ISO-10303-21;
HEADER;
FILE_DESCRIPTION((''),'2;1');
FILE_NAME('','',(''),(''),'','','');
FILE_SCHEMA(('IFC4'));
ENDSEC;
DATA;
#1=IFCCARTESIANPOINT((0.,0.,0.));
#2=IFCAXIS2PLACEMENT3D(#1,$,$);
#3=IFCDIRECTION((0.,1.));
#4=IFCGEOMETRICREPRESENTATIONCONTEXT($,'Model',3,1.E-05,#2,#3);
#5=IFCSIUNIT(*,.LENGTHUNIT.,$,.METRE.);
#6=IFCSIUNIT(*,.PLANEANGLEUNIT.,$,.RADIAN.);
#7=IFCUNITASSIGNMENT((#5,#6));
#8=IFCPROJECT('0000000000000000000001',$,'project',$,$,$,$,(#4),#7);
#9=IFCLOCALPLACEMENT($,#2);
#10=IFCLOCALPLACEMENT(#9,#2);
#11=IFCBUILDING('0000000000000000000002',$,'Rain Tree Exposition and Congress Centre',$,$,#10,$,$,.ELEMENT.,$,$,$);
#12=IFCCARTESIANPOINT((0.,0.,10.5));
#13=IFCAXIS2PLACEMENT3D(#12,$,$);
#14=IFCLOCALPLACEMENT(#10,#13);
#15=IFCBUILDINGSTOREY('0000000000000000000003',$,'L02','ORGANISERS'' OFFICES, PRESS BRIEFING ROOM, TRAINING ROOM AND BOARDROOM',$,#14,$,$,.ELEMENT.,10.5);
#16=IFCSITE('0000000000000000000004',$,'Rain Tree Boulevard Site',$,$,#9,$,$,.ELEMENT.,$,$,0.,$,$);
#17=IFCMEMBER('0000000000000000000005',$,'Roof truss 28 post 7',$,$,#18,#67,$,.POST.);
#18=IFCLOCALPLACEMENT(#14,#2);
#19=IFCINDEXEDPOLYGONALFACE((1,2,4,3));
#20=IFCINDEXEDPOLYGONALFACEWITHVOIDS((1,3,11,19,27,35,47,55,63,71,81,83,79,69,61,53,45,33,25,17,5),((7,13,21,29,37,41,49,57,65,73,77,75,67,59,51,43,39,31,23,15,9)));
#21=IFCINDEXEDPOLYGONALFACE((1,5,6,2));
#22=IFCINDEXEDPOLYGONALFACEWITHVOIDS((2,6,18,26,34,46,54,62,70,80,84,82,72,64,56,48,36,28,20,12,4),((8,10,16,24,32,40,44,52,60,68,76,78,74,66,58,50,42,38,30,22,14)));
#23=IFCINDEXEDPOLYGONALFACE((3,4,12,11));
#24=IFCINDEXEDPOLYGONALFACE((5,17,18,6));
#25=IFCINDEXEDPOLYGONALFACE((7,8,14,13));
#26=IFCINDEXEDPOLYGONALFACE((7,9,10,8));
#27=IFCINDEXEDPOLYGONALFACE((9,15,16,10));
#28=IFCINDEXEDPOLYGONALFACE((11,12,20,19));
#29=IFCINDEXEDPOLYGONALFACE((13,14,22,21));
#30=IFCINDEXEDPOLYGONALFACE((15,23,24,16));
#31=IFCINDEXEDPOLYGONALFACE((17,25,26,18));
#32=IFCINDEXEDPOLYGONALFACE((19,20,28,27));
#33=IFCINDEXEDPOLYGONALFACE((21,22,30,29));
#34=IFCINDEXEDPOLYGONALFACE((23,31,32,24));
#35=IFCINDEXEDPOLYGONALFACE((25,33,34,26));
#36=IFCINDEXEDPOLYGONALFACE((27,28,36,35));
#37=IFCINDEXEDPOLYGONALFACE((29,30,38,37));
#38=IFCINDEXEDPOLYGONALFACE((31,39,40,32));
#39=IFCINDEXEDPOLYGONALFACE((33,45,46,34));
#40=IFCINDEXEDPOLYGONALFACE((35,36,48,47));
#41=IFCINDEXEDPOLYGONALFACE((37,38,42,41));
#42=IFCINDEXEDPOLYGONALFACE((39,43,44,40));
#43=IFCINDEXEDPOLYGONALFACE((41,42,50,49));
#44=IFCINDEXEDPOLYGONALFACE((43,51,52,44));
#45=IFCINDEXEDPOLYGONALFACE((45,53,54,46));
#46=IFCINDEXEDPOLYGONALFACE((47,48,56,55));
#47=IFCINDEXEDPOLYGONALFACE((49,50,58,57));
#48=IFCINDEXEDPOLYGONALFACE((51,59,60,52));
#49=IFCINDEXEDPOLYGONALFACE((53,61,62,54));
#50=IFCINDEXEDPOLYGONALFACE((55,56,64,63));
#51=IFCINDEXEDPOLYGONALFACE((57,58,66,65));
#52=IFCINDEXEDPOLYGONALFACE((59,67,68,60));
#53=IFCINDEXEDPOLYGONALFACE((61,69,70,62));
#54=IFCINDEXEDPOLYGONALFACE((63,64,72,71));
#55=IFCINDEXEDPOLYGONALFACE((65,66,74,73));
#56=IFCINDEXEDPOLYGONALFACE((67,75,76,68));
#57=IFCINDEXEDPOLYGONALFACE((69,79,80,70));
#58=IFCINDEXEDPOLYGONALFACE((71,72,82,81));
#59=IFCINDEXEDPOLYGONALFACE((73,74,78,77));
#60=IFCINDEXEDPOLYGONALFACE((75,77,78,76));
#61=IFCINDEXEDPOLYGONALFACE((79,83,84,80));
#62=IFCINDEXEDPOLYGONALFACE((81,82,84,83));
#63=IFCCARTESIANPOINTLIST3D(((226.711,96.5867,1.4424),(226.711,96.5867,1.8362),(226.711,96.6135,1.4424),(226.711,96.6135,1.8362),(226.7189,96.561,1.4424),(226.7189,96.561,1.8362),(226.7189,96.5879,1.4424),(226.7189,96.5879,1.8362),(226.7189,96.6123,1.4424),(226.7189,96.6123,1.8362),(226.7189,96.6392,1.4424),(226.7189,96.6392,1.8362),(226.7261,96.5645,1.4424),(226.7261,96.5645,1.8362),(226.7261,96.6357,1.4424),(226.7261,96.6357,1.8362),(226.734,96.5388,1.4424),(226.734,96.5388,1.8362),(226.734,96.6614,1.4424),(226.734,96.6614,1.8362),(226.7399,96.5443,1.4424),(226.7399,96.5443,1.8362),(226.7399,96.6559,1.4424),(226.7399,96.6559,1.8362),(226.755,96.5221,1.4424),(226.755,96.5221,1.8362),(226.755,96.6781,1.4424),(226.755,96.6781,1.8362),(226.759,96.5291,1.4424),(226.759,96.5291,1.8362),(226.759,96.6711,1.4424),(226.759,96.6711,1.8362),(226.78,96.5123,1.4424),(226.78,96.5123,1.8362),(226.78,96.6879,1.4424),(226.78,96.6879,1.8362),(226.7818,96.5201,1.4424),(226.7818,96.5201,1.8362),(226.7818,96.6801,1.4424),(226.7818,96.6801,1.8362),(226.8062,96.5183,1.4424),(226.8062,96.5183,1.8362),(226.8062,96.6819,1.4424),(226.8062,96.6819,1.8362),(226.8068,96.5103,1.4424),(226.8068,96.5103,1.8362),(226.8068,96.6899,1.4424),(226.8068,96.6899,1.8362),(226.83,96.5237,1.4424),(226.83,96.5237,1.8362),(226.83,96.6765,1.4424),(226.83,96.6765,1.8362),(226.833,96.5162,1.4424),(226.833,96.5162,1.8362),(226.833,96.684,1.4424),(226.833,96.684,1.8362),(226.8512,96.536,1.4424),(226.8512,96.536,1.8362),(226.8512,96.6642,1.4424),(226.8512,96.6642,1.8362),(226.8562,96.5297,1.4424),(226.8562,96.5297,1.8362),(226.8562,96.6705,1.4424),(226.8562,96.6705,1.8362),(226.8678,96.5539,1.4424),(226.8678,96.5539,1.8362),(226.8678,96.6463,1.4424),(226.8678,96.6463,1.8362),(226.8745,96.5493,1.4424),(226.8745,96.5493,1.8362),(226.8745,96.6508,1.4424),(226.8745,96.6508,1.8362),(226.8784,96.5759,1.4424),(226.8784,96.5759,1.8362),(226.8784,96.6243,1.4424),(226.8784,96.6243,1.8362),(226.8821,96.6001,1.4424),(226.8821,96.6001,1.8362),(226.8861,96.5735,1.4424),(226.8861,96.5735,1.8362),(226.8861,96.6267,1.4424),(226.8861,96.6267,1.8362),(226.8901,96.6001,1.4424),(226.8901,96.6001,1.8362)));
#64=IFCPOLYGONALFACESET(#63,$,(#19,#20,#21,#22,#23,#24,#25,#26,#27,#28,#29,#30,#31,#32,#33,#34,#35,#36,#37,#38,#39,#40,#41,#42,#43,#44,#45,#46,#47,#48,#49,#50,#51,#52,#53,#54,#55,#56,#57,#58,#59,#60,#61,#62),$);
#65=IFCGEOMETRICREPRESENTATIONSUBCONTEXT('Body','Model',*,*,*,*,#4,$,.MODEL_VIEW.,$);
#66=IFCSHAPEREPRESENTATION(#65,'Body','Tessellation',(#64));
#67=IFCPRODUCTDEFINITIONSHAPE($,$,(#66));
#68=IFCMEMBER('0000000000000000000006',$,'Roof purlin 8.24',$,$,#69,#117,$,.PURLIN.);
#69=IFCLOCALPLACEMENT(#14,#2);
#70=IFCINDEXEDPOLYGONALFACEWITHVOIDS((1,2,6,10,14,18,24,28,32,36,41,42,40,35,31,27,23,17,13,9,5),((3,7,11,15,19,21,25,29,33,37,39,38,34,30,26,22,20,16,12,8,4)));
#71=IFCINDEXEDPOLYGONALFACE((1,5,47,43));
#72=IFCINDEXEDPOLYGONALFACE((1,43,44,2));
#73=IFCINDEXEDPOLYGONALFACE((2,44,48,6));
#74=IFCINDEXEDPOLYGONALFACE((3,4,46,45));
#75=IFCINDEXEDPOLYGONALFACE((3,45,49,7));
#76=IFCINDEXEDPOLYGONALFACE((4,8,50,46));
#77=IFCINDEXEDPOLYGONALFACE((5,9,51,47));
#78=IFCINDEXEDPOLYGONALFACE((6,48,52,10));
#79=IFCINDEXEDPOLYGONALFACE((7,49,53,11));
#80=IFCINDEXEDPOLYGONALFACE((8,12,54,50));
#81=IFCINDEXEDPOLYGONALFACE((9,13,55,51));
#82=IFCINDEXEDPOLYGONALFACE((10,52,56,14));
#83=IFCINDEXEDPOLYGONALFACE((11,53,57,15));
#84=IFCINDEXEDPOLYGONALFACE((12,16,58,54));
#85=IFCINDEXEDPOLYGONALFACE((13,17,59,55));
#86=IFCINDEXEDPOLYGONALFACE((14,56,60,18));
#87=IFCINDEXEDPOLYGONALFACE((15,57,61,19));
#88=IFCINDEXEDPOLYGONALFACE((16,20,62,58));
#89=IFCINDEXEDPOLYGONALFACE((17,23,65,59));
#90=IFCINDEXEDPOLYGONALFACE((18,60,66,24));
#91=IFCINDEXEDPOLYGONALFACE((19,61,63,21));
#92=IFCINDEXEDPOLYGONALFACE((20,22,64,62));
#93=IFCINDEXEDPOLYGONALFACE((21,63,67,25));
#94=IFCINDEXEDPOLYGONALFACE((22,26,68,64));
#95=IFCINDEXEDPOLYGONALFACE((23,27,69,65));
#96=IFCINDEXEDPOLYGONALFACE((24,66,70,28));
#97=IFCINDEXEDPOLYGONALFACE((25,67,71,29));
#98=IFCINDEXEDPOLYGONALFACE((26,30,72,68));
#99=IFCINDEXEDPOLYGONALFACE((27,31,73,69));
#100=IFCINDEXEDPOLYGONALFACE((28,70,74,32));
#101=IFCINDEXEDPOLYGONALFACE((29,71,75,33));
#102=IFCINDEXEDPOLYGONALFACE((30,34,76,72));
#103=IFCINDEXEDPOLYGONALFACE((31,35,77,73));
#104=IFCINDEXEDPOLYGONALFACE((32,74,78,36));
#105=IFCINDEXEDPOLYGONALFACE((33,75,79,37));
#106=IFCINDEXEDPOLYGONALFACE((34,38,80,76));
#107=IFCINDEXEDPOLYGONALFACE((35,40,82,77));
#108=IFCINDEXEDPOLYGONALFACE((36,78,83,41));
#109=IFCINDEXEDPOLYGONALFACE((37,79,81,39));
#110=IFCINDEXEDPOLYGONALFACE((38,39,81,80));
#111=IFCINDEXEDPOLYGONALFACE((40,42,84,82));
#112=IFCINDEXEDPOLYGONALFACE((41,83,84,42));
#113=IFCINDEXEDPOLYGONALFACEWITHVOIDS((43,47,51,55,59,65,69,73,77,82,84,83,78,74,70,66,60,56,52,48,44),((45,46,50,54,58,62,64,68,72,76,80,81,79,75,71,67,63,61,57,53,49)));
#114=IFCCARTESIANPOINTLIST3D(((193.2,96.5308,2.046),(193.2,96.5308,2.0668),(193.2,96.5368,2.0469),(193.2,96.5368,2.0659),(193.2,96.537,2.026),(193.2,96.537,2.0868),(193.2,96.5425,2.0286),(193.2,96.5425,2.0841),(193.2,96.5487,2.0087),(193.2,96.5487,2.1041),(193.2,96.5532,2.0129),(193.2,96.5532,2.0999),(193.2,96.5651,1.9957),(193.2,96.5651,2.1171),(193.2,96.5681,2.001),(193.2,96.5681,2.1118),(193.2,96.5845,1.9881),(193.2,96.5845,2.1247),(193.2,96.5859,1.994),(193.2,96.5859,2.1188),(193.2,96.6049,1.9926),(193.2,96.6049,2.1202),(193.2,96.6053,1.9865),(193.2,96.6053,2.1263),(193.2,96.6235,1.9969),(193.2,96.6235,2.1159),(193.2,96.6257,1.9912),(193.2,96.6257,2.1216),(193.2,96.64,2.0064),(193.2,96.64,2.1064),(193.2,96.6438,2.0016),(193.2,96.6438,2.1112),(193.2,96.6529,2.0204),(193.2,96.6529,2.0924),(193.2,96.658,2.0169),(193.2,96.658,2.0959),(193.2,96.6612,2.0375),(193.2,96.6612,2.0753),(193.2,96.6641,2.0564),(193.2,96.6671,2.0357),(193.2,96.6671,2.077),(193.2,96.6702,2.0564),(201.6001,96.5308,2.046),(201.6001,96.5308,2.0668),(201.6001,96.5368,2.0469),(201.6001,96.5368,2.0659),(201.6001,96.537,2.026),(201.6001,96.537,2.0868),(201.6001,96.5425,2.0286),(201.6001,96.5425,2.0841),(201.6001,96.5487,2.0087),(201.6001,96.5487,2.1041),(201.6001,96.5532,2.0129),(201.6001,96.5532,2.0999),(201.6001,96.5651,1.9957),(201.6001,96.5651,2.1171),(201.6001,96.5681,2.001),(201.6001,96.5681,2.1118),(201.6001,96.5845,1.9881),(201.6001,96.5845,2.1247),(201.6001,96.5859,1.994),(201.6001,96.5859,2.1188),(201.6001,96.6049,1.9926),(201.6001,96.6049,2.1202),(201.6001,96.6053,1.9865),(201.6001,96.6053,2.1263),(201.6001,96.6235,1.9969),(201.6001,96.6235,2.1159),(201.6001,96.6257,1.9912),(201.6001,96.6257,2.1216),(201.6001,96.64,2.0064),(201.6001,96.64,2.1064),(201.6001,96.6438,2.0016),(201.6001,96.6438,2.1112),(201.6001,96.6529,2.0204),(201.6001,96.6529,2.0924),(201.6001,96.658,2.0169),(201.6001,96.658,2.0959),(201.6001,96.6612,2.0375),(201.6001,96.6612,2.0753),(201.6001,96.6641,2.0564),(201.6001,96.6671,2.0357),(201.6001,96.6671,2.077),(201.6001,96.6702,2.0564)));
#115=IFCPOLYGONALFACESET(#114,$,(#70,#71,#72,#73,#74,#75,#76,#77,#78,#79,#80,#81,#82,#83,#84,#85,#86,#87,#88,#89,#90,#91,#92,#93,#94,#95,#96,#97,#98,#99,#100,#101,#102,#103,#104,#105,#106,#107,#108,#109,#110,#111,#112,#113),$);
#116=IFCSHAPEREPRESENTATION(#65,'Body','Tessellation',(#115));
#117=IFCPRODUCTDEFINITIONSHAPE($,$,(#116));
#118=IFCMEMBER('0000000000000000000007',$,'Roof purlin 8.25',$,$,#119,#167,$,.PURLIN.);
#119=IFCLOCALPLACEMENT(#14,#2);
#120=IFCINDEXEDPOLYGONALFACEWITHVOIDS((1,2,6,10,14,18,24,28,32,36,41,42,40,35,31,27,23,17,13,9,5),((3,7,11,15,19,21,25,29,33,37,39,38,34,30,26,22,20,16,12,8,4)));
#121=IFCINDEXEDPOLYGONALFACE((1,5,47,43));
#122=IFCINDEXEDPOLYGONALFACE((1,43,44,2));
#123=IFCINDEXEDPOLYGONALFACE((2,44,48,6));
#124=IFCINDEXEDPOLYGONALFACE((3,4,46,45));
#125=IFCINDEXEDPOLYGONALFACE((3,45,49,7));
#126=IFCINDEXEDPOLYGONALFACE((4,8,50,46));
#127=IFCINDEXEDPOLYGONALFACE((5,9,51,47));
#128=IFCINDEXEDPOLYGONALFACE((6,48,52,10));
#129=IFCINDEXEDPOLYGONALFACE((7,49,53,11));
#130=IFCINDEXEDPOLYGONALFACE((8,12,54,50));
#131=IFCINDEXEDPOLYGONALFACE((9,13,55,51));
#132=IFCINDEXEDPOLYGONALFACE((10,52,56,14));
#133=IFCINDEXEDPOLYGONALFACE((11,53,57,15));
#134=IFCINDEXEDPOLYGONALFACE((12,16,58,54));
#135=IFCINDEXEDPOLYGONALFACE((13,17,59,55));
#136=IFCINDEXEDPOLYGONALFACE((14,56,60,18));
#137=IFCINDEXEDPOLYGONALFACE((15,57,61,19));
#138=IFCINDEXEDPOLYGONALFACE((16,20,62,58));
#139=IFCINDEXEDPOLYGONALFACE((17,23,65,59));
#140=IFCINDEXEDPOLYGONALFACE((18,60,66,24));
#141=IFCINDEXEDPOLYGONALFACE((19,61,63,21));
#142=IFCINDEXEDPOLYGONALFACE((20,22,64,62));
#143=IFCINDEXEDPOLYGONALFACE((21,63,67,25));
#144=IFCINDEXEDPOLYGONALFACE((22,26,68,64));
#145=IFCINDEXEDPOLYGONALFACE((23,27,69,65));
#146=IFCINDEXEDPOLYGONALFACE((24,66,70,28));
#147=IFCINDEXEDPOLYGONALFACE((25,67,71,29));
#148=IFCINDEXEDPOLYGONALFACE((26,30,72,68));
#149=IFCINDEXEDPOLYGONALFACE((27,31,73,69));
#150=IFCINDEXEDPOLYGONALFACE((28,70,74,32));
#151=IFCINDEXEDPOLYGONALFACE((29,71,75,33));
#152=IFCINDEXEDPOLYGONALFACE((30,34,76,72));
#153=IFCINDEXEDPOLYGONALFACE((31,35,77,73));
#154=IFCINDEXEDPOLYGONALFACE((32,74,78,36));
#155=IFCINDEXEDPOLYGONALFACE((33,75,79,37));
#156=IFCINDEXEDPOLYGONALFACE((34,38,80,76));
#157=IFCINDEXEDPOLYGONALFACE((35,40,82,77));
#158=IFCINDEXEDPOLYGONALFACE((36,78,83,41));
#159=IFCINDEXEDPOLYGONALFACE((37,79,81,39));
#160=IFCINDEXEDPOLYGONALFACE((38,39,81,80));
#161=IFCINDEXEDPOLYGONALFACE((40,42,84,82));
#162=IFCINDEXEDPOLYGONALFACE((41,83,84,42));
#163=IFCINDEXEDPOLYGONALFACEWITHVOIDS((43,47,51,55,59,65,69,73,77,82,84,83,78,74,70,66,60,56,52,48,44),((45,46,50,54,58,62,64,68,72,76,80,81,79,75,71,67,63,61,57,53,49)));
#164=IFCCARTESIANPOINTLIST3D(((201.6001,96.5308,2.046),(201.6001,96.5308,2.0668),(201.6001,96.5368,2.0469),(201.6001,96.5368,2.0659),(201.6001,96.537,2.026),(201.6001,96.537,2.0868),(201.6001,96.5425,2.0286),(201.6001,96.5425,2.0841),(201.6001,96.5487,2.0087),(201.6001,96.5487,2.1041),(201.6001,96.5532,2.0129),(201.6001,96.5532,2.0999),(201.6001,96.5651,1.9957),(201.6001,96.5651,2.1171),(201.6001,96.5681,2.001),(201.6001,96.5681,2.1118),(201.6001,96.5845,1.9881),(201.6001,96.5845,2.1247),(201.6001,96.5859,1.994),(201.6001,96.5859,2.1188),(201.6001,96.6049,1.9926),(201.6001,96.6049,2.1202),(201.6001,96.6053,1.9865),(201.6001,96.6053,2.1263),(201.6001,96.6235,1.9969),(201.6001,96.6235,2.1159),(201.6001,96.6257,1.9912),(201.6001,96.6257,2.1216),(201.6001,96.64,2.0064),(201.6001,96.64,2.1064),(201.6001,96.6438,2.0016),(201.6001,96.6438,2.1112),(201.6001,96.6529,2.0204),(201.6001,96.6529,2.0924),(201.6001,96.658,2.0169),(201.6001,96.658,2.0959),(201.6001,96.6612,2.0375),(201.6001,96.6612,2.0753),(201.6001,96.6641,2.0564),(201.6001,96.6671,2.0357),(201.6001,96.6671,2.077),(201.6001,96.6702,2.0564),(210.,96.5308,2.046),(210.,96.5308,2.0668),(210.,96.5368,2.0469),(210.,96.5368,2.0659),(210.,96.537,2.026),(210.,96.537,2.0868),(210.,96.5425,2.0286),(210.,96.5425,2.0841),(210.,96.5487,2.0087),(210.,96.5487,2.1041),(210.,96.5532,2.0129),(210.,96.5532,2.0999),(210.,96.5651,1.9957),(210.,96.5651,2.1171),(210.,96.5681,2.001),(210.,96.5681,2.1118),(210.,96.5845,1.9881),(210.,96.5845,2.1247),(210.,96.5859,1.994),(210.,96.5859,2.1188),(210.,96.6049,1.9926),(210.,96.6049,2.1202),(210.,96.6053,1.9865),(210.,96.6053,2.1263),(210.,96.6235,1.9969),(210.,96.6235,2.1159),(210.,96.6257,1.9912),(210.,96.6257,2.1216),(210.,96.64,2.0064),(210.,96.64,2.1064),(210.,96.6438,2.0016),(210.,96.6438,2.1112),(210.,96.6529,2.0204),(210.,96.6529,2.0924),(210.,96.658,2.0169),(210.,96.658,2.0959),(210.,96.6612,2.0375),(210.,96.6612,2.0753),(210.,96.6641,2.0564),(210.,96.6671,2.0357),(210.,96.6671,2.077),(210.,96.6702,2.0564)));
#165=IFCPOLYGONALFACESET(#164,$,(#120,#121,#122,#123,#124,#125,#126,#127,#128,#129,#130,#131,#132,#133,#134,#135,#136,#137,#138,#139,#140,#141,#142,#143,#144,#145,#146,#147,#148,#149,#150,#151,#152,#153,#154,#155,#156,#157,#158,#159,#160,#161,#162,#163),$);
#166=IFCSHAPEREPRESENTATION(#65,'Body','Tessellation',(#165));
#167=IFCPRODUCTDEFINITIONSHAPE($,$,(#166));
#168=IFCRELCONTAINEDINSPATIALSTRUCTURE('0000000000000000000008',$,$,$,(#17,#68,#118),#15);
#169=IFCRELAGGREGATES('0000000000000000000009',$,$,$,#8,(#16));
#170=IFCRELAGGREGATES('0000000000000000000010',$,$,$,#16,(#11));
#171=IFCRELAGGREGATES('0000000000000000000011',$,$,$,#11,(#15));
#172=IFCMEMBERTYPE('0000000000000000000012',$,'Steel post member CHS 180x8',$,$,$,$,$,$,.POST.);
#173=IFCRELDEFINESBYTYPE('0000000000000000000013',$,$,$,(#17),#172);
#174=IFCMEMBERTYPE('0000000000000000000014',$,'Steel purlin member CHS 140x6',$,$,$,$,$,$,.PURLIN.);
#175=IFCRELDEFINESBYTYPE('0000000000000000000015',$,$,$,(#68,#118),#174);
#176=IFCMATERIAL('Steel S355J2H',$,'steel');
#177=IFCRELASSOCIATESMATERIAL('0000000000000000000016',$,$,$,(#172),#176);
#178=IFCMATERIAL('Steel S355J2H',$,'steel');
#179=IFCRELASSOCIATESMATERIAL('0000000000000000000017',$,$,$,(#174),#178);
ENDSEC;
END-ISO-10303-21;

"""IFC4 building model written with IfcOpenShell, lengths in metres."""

from ifc_helpers import new_model, si_unit, direction, frame, origin, origin_2d, place, context, subcontext, project, spatial, hollow_circle, extrude, material, material_profile, profile_set, type_object, element, save


model = new_model("IFC4")

# Units and contexts
model_context = context("Model", 3, precision=1e-05, world=origin(), true_north=direction((0.0, 1.0)))
body_context = subcontext(model_context, "Body", "Model", "MODEL_VIEW")
ifc_project = project(units=[si_unit("LENGTHUNIT", "METRE"), si_unit("PLANEANGLEUNIT", "RADIAN")], contexts=[model_context])

# Site, building, storey
site_placement = place(None, origin())
site = spatial("IfcSite", under=ifc_project, at=site_placement, Name="Rain Tree Boulevard Site", CompositionType="ELEMENT", RefElevation=0.0)
building_placement = place(site_placement, origin())
building = spatial("IfcBuilding", under=site, at=building_placement, Name="Rain Tree Exposition and Congress Centre", CompositionType="ELEMENT")
storey_placement = place(building_placement, frame((0.0, 0.0, 10.5)))
storey = spatial("IfcBuildingStorey", under=building, at=storey_placement, Name="L02", Description="ORGANISERS' OFFICES, PRESS BRIEFING ROOM, TRAINING ROOM AND BOARDROOM", CompositionType="ELEMENT", Elevation=10.5)

# Members
ifc_material_1 = material(Name="Steel S355J2H", Category="steel")
ifc_material_profile_1 = material_profile(ifc_material_1, hollow_circle(Radius=0.0901, WallThickness=0.0081, at=origin_2d()), Name="CHS 180x8")
ifc_profile_set_1 = profile_set([ifc_material_profile_1], Name="Steel S355J2H")
member_type_1 = type_object("IfcMemberType", Name="Steel post member CHS 180x8", PredefinedType="POST", material=ifc_profile_set_1)
for number, where, z_axis, x_axis, name in (
    (1, (226.8, 96.6001, 1.4424), (0.0, 0.0, 1.0), (1.0, 0.0, 0.0), "Roof truss 28 post 7"),
):
    element("IfcMember", number, at=place(storey_placement, frame(where, z_axis=z_axis, x_axis=x_axis)), inside=storey, type_object=member_type_1, Name=name, PredefinedType="POST", context=body_context, shape_type="SweptSolid", body=[
        extrude(hollow_circle(Radius=0.0901, WallThickness=0.0081, at=origin_2d()), origin(), (0.0, 0.0, 1.0), 0.3938),
    ])
ifc_material_2 = material(Name="Steel S355J2H", Category="steel")
ifc_material_profile_2 = material_profile(ifc_material_2, hollow_circle(Radius=0.0701, WallThickness=0.0061, at=origin_2d()), Name="CHS 140x6")
ifc_profile_set_2 = profile_set([ifc_material_profile_2], Name="Steel S355J2H")
member_type_2 = type_object("IfcMemberType", Name="Steel purlin member CHS 140x6", PredefinedType="PURLIN", material=ifc_profile_set_2)
member_1_placement = place(storey_placement, frame((193.2, 96.6001, 2.0564), z_axis=(1.0, 0.0, 0.0), x_axis=(0.0, 1.0, 0.0)))
element("IfcMember", 2, at=member_1_placement, inside=storey, type_object=member_type_2, Name="Roof purlin 8.24", PredefinedType="PURLIN", context=body_context, shape_type="SweptSolid", body=[
    extrude(hollow_circle(Radius=0.0701, WallThickness=0.0061, at=origin_2d()), origin(), (0.0, 0.0, 1.0), 8.4001),
])
for number, where, z_axis, x_axis, name in (
    (3, (201.6001, 96.6001, 2.0564), (1.0, 0.0, 0.0), (0.0, 1.0, 0.0), "Roof purlin 8.25"),
):
    element("IfcMember", number, at=place(storey_placement, frame(where, z_axis=z_axis, x_axis=x_axis)), inside=storey, type_object=member_type_2, Name=name, PredefinedType="PURLIN", context=body_context, shape_type="SweptSolid", body=[
        extrude(hollow_circle(Radius=0.0701, WallThickness=0.0061, at=origin_2d()), origin(), (0.0, 0.0, 1.0), 8.3999),
    ])

save(model, "model.ifc")
